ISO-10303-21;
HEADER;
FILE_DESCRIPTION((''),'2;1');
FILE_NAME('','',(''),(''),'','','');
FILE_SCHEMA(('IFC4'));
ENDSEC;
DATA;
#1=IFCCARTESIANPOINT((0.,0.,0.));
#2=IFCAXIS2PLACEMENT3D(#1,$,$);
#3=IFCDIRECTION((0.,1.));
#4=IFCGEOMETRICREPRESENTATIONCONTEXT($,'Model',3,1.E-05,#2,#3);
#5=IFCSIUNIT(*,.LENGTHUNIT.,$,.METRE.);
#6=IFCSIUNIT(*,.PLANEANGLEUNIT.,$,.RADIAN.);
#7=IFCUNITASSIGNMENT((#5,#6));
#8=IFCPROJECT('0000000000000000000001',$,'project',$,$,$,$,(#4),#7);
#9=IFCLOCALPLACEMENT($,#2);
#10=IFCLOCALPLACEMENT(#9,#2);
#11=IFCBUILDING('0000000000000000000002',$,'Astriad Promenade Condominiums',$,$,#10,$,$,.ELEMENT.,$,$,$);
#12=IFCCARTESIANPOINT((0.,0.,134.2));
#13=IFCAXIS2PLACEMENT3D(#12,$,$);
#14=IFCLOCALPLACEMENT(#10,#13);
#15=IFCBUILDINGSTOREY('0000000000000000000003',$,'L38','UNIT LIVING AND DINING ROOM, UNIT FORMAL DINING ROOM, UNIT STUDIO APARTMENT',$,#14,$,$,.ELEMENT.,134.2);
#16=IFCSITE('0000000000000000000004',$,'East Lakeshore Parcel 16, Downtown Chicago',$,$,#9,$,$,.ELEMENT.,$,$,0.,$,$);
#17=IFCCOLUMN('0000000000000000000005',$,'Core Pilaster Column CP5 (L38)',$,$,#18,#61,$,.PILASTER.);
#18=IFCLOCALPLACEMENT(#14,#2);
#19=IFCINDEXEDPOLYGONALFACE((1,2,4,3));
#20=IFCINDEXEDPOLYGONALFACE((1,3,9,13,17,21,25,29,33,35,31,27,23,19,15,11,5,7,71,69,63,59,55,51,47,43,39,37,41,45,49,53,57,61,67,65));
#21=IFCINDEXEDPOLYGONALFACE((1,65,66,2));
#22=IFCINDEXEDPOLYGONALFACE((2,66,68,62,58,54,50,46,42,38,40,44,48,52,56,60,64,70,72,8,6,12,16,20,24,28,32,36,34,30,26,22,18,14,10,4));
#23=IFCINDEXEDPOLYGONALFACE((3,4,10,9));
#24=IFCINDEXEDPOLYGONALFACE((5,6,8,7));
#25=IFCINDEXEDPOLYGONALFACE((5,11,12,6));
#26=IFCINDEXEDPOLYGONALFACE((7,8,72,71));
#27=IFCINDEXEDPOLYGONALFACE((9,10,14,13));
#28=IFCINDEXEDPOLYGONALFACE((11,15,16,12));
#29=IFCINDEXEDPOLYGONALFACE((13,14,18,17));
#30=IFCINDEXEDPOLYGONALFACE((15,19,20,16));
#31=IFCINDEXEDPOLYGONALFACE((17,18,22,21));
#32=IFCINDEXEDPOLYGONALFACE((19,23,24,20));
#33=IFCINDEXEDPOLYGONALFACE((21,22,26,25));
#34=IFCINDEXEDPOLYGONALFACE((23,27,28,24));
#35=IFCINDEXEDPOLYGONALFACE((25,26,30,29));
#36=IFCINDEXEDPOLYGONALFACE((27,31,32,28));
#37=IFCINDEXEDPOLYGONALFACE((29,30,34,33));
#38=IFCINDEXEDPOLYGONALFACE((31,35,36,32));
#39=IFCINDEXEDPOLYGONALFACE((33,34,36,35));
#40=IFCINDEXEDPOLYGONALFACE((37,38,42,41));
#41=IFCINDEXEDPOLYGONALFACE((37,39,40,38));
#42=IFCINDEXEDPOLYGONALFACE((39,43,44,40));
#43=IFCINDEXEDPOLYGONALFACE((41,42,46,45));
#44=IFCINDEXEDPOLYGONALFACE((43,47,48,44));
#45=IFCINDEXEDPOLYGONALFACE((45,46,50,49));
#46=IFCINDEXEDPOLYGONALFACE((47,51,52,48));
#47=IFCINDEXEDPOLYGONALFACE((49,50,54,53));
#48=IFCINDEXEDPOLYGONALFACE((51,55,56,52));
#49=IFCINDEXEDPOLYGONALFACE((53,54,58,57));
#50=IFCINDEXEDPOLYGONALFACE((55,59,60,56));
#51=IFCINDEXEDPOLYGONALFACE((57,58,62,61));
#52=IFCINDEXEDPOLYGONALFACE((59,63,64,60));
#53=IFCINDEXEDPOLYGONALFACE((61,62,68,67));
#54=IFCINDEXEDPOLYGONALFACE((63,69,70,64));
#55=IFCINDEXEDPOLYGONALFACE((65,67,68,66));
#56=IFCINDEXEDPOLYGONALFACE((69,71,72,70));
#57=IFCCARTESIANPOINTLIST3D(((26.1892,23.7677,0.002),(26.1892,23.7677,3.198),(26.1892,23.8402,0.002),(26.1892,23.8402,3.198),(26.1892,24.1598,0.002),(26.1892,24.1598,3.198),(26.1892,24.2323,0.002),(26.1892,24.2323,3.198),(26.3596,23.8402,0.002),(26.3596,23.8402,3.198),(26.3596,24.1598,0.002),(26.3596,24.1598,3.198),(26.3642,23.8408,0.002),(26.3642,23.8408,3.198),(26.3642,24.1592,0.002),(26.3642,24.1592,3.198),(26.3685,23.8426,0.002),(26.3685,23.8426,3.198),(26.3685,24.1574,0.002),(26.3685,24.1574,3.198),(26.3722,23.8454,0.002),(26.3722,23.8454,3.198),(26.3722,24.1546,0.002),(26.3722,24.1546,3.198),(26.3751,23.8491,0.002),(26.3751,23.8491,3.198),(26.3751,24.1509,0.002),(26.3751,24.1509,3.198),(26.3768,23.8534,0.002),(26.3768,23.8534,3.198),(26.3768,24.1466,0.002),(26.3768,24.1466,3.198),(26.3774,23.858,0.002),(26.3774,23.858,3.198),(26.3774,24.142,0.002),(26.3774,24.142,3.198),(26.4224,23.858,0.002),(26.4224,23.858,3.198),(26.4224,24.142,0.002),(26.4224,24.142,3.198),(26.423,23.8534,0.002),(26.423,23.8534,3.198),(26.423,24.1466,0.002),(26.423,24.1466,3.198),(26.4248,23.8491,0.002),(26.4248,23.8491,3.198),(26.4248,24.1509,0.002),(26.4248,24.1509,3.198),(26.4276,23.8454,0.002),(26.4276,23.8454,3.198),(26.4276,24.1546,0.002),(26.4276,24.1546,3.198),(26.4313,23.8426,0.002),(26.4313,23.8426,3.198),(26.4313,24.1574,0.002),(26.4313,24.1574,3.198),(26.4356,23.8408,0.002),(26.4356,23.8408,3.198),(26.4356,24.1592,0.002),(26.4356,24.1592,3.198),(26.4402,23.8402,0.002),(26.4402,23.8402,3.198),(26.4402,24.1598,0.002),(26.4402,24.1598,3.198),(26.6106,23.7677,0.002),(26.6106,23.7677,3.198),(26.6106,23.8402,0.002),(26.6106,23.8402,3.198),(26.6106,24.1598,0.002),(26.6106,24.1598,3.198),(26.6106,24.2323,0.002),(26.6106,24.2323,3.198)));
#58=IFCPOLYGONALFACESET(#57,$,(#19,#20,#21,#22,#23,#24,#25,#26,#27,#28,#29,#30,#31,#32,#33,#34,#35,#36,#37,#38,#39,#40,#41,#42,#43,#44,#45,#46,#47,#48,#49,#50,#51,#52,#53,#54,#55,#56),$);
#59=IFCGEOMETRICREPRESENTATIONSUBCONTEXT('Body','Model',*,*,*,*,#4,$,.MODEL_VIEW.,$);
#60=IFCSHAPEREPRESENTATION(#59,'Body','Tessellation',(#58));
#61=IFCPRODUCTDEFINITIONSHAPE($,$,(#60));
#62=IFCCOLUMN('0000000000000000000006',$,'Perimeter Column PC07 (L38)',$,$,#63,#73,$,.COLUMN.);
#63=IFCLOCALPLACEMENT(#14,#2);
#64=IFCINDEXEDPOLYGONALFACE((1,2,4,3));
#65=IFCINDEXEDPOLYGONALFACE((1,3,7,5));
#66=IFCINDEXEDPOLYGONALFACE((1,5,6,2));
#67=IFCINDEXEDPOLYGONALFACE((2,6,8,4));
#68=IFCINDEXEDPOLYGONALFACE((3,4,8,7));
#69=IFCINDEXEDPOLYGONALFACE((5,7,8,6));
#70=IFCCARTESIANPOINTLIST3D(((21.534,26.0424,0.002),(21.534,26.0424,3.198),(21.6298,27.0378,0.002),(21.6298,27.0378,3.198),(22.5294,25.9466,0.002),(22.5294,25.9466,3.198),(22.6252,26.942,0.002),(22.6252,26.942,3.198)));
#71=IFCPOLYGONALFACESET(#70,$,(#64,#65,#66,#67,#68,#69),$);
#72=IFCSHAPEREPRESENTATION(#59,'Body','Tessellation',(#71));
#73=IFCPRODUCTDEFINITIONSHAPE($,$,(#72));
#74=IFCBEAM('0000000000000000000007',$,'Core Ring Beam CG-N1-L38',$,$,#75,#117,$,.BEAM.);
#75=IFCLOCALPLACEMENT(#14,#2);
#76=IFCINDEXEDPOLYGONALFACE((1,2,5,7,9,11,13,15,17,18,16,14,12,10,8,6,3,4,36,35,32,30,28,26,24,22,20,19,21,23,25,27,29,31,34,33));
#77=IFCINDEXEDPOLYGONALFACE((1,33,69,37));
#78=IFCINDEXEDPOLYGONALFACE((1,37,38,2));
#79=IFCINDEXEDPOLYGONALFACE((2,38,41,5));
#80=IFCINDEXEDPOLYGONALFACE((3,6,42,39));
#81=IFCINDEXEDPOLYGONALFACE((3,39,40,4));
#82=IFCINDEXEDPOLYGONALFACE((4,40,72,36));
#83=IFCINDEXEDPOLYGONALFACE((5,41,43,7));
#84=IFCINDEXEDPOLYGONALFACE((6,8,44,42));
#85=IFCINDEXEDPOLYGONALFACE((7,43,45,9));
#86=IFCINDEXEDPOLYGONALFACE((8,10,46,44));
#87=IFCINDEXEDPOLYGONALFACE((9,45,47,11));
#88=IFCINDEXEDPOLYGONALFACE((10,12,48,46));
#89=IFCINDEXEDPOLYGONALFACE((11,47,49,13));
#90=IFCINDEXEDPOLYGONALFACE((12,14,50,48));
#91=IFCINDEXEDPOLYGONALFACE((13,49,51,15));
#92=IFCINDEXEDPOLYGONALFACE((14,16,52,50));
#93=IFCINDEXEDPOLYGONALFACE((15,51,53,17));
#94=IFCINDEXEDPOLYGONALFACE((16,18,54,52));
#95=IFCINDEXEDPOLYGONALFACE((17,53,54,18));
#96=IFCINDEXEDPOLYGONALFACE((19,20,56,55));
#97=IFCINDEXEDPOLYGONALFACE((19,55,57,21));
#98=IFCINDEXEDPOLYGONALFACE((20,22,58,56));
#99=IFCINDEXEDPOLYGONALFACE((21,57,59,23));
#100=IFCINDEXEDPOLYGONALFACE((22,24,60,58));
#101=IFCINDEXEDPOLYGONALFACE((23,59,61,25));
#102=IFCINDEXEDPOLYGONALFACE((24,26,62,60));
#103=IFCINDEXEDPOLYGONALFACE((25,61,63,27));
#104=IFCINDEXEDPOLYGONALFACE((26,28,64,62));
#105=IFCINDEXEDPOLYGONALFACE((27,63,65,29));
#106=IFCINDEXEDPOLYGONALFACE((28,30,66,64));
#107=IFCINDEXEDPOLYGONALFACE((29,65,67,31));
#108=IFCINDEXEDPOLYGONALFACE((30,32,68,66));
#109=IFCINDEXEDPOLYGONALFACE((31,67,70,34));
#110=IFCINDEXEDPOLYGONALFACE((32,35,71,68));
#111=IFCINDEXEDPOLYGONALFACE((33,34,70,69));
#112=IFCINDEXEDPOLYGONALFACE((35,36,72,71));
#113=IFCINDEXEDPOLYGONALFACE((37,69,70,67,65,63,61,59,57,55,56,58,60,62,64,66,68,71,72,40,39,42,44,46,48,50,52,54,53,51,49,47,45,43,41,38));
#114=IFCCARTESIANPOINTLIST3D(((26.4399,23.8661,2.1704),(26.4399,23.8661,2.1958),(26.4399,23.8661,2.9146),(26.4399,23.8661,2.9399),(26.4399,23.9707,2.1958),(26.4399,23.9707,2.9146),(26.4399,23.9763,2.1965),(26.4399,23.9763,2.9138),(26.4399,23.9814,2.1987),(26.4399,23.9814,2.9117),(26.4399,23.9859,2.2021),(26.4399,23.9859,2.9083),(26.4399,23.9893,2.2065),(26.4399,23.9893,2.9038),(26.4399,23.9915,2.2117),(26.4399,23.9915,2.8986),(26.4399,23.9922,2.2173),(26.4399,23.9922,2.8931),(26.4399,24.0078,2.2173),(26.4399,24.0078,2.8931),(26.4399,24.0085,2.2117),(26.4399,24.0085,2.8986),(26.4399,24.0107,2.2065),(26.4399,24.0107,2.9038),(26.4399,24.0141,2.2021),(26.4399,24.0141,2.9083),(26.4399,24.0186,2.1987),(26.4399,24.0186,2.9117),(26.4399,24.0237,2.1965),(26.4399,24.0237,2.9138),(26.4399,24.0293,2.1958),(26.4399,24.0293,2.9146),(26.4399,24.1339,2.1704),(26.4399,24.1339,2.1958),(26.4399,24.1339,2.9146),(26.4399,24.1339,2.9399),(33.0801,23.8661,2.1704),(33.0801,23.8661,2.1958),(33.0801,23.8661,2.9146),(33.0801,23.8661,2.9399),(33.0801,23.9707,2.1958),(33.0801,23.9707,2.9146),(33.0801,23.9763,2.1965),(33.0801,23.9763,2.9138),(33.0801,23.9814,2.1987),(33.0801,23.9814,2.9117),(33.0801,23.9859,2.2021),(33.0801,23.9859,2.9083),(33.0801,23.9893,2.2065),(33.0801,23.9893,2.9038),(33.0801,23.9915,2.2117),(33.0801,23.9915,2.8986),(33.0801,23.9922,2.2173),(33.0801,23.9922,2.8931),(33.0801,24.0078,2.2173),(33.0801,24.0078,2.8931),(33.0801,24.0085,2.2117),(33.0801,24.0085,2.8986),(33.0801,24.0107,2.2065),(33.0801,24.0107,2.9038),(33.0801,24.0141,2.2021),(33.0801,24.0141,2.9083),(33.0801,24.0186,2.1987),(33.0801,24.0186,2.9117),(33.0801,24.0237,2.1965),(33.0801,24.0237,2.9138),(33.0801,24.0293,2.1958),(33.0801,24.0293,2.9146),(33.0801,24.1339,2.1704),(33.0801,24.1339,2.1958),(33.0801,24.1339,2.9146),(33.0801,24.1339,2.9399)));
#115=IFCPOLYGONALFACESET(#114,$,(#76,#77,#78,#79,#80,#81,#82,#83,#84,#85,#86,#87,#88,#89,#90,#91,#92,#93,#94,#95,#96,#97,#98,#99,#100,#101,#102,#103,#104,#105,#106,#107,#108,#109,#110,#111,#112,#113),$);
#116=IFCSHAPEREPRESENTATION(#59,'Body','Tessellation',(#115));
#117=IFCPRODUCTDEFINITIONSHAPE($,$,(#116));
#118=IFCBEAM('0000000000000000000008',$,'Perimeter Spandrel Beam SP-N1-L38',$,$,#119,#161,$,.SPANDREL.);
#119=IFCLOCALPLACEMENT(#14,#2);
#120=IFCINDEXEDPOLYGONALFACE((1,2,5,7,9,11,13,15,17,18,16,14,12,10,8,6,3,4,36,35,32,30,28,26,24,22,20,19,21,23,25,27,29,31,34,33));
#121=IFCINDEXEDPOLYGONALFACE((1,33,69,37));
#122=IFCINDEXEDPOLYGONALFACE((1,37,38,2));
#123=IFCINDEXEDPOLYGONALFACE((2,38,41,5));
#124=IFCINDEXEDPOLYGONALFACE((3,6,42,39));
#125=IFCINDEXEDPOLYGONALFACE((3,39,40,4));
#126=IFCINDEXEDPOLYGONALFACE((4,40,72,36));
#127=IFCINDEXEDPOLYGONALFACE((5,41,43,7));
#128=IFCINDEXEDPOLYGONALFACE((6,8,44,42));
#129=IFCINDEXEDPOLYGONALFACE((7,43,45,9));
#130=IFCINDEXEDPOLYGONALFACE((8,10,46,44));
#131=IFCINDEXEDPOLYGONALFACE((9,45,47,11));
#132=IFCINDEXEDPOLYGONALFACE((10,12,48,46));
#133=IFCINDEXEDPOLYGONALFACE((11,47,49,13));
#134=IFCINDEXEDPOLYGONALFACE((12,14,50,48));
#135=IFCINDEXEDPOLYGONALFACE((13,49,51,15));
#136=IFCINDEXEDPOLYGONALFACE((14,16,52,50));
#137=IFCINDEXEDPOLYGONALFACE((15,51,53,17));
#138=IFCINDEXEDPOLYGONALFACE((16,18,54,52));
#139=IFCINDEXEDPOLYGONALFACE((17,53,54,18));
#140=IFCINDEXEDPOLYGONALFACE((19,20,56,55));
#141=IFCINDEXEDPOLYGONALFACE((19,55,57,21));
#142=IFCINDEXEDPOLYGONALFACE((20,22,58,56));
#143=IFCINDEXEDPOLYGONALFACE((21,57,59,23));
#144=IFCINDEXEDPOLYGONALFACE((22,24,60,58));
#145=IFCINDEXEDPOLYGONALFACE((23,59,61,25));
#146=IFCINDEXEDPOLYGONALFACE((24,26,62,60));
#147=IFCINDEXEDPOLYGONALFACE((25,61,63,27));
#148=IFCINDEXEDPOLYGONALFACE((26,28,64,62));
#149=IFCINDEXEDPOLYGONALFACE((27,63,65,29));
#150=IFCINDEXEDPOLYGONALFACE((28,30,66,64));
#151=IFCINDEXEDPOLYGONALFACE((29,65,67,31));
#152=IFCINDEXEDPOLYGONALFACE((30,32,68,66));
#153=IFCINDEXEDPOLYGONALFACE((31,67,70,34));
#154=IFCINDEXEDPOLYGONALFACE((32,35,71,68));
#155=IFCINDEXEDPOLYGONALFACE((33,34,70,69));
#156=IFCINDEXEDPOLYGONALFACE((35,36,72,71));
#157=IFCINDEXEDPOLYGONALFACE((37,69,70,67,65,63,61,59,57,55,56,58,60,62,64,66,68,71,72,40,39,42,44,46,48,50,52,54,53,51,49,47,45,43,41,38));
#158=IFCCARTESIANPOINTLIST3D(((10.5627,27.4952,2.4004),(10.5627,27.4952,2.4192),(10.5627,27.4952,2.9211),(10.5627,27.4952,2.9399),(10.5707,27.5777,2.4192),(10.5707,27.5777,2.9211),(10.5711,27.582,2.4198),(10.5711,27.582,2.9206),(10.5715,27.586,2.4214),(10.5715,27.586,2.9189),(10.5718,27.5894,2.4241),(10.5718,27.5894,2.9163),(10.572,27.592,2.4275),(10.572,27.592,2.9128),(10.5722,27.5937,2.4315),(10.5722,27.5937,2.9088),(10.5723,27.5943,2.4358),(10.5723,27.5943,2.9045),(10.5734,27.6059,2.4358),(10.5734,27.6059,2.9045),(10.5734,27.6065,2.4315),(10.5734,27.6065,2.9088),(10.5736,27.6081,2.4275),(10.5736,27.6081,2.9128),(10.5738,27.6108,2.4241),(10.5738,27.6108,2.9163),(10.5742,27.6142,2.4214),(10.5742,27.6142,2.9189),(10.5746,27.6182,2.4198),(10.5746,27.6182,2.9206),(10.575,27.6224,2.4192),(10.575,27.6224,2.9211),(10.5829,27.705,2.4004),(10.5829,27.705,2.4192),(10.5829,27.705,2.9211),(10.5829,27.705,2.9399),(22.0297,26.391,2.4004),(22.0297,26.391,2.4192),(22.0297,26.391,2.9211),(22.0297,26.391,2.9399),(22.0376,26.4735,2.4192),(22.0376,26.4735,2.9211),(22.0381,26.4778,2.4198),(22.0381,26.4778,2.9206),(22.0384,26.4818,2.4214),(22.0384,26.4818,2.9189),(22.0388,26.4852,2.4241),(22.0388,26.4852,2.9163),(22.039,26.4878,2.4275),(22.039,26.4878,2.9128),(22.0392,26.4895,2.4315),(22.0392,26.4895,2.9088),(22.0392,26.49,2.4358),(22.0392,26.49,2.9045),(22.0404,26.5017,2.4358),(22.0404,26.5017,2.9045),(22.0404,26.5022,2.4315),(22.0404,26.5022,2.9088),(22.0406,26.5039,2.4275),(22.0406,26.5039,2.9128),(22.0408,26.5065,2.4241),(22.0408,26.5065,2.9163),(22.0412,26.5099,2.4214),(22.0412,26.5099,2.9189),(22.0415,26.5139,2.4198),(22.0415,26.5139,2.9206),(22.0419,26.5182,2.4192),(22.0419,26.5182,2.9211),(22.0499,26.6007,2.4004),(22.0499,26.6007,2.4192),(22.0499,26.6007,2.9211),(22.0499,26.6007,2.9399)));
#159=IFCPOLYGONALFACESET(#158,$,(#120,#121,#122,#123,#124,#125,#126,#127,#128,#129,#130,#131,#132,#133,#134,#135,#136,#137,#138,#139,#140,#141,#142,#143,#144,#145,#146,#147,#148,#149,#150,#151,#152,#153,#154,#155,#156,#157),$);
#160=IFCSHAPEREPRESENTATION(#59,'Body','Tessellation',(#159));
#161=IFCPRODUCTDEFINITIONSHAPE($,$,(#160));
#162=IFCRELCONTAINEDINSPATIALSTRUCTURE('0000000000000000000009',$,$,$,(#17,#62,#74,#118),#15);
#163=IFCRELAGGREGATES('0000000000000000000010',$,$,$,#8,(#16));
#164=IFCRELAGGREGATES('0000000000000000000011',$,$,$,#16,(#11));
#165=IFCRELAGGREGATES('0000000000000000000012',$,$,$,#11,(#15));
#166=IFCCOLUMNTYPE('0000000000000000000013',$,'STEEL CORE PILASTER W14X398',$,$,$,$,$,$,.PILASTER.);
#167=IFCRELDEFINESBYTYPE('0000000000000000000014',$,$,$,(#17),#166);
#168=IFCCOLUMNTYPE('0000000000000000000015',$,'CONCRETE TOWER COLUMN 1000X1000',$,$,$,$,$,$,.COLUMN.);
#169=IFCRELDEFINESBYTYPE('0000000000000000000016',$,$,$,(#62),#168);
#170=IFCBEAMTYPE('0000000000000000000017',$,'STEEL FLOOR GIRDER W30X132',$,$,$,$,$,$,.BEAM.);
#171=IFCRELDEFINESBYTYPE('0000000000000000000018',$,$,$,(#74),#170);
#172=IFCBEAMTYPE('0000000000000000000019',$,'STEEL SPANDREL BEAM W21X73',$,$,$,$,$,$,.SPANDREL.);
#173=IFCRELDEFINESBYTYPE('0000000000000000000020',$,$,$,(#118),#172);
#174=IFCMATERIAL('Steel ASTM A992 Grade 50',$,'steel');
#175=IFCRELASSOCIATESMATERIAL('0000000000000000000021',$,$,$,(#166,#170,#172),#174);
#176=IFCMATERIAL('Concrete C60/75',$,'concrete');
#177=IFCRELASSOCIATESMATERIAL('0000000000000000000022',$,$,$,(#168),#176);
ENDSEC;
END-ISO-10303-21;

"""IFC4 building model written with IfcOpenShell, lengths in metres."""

from ifc_helpers import new_model, si_unit, direction, frame, origin, origin_2d, place, context, subcontext, project, spatial, rectangle, i_section, extrude, source, transform, mapped, material, material_profile, profile_set, type_object, type_shapes, element, save


model = new_model("IFC4")

# Units and contexts
model_context = context("Model", 3, precision=1e-05, world=origin(), true_north=direction((0.0, 1.0)))
body_context = subcontext(model_context, "Body", "Model", "MODEL_VIEW")
ifc_project = project(units=[si_unit("LENGTHUNIT", "METRE"), si_unit("PLANEANGLEUNIT", "RADIAN")], contexts=[model_context])

# Site, building, storey
site_placement = place(None, origin())
site = spatial("IfcSite", under=ifc_project, at=site_placement, Name="East Lakeshore Parcel 16, Downtown Chicago", CompositionType="ELEMENT", RefElevation=0.0)
building_placement = place(site_placement, origin())
building = spatial("IfcBuilding", under=site, at=building_placement, Name="Astriad Promenade Condominiums", CompositionType="ELEMENT")
storey_placement = place(building_placement, frame((0.0, 0.0, 134.2)))
storey = spatial("IfcBuildingStorey", under=building, at=storey_placement, Name="L38", Description="UNIT LIVING AND DINING ROOM, UNIT FORMAL DINING ROOM, UNIT STUDIO APARTMENT", CompositionType="ELEMENT", Elevation=134.2)

# Columns
ifc_material_1 = material(Name="Steel ASTM A992 Grade 50", Category="steel")
ifc_material_profile_1 = material_profile(ifc_material_1, i_section(OverallWidth=0.4214, OverallDepth=0.4646, WebThickness=0.0449, FlangeThickness=0.0725, FilletRadius=0.0178, at=origin_2d()), Name="W14X398")
ifc_profile_set_1 = profile_set([ifc_material_profile_1], Name="Steel ASTM A992 Grade 50")
column_type_1 = type_object("IfcColumnType", Name="STEEL CORE PILASTER W14X398", PredefinedType="PILASTER", material=ifc_profile_set_1)
shared_shape_1 = source(origin(), body_context, "Body", "SweptSolid", [
    extrude(i_section(OverallWidth=0.4214, OverallDepth=0.4646, WebThickness=0.0449, FlangeThickness=0.0725, FilletRadius=0.0178, at=origin_2d()), origin(), (0.0, 0.0, 1.0), 3.196),
])
type_shapes(column_type_1, [shared_shape_1])
column_1_placement = place(storey_placement, frame((26.3999, 24.0, 0.002), z_axis=(0.0, 0.0, 1.0), x_axis=(1.0, 0.0, 0.0)))
element("IfcColumn", 1, at=column_1_placement, inside=storey, type_object=column_type_1, Name="Core Pilaster Column CP5 (L38)", PredefinedType="PILASTER", context=body_context, shape_type="MappedRepresentation", body=[
    mapped(shared_shape_1, transform((0.0, 0.0, 0.0), scale=1.0)),
])
ifc_material_2 = material(Name="Concrete C60/75", Category="concrete")
ifc_material_profile_2 = material_profile(ifc_material_2, rectangle(XDim=1.0, YDim=1.0, at=origin_2d()), Name="RC-COL-1000X1000")
ifc_profile_set_2 = profile_set([ifc_material_profile_2], Name="Concrete C60/75")
column_type_2 = type_object("IfcColumnType", Name="CONCRETE TOWER COLUMN 1000X1000", PredefinedType="COLUMN", material=ifc_profile_set_2)
shared_shape_2 = source(origin(), body_context, "Body", "SweptSolid", [
    extrude(rectangle(XDim=1.0, YDim=1.0, at=origin_2d()), origin(), (0.0, 0.0, 1.0), 3.196),
])
type_shapes(column_type_2, [shared_shape_2])
column_2_placement = place(storey_placement, frame((22.0796, 26.4922, 0.002), z_axis=(0.0, 0.0, 1.0), x_axis=(0.995396, -0.095846, 0.0)))
element("IfcColumn", 2, at=column_2_placement, inside=storey, type_object=column_type_2, Name="Perimeter Column PC07 (L38)", PredefinedType="COLUMN", context=body_context, shape_type="MappedRepresentation", body=[
    mapped(shared_shape_2, transform((0.0, 0.0, 0.0), scale=1.0)),
])

# Beams
ifc_material_profile_3 = material_profile(ifc_material_1, i_section(OverallWidth=0.2678, OverallDepth=0.7695, WebThickness=0.0156, FlangeThickness=0.0254, FilletRadius=0.0215, at=origin_2d()), Name="W30X132")
ifc_profile_set_3 = profile_set([ifc_material_profile_3], Name="Steel ASTM A992 Grade 50")
beam_type_1 = type_object("IfcBeamType", Name="STEEL FLOOR GIRDER W30X132", PredefinedType="BEAM", material=ifc_profile_set_3)
shared_shape_3 = source(origin(), body_context, "Body", "SweptSolid", [
    extrude(i_section(OverallWidth=0.2678, OverallDepth=0.7695, WebThickness=0.0156, FlangeThickness=0.0254, FilletRadius=0.0215, at=origin_2d()), origin(), (0.0, 0.0, 1.0), 6.6401),
])
type_shapes(beam_type_1, [shared_shape_3])
beam_1_placement = place(storey_placement, frame((26.4399, 24.0, 2.5552), z_axis=(1.0, 0.0, 0.0), x_axis=(0.0, 1.0, 0.0)))
element("IfcBeam", 3, at=beam_1_placement, inside=storey, type_object=beam_type_1, Name="Core Ring Beam CG-N1-L38", PredefinedType="BEAM", context=body_context, shape_type="MappedRepresentation", body=[
    mapped(shared_shape_3, transform((0.0, 0.0, 0.0), scale=1.0)),
])
ifc_material_profile_4 = material_profile(ifc_material_1, i_section(OverallWidth=0.2107, OverallDepth=0.5396, WebThickness=0.0117, FlangeThickness=0.0188, FilletRadius=0.0166, at=origin_2d()), Name="W21X73")
ifc_profile_set_4 = profile_set([ifc_material_profile_4], Name="Steel ASTM A992 Grade 50")
beam_type_2 = type_object("IfcBeamType", Name="STEEL SPANDREL BEAM W21X73", PredefinedType="SPANDREL", material=ifc_profile_set_4)
shared_shape_4 = source(origin(), body_context, "Body", "SweptSolid", [
    extrude(i_section(OverallWidth=0.2107, OverallDepth=0.5396, WebThickness=0.0117, FlangeThickness=0.0188, FilletRadius=0.0166, at=origin_2d()), origin(), (0.0, 0.0, 1.0), 11.52),
])
type_shapes(beam_type_2, [shared_shape_4])
beam_2_placement = place(storey_placement, frame((22.0398, 26.4958, 2.6702), z_axis=(-0.995395, 0.095854, 0.0), x_axis=(-0.095854, -0.995395, 0.0)))
element("IfcBeam", 4, at=beam_2_placement, inside=storey, type_object=beam_type_2, Name="Perimeter Spandrel Beam SP-N1-L38", PredefinedType="SPANDREL", context=body_context, shape_type="MappedRepresentation", body=[
    mapped(shared_shape_4, transform((0.0, 0.0, 0.0), scale=1.0)),
])

save(model, "model.ifc")
